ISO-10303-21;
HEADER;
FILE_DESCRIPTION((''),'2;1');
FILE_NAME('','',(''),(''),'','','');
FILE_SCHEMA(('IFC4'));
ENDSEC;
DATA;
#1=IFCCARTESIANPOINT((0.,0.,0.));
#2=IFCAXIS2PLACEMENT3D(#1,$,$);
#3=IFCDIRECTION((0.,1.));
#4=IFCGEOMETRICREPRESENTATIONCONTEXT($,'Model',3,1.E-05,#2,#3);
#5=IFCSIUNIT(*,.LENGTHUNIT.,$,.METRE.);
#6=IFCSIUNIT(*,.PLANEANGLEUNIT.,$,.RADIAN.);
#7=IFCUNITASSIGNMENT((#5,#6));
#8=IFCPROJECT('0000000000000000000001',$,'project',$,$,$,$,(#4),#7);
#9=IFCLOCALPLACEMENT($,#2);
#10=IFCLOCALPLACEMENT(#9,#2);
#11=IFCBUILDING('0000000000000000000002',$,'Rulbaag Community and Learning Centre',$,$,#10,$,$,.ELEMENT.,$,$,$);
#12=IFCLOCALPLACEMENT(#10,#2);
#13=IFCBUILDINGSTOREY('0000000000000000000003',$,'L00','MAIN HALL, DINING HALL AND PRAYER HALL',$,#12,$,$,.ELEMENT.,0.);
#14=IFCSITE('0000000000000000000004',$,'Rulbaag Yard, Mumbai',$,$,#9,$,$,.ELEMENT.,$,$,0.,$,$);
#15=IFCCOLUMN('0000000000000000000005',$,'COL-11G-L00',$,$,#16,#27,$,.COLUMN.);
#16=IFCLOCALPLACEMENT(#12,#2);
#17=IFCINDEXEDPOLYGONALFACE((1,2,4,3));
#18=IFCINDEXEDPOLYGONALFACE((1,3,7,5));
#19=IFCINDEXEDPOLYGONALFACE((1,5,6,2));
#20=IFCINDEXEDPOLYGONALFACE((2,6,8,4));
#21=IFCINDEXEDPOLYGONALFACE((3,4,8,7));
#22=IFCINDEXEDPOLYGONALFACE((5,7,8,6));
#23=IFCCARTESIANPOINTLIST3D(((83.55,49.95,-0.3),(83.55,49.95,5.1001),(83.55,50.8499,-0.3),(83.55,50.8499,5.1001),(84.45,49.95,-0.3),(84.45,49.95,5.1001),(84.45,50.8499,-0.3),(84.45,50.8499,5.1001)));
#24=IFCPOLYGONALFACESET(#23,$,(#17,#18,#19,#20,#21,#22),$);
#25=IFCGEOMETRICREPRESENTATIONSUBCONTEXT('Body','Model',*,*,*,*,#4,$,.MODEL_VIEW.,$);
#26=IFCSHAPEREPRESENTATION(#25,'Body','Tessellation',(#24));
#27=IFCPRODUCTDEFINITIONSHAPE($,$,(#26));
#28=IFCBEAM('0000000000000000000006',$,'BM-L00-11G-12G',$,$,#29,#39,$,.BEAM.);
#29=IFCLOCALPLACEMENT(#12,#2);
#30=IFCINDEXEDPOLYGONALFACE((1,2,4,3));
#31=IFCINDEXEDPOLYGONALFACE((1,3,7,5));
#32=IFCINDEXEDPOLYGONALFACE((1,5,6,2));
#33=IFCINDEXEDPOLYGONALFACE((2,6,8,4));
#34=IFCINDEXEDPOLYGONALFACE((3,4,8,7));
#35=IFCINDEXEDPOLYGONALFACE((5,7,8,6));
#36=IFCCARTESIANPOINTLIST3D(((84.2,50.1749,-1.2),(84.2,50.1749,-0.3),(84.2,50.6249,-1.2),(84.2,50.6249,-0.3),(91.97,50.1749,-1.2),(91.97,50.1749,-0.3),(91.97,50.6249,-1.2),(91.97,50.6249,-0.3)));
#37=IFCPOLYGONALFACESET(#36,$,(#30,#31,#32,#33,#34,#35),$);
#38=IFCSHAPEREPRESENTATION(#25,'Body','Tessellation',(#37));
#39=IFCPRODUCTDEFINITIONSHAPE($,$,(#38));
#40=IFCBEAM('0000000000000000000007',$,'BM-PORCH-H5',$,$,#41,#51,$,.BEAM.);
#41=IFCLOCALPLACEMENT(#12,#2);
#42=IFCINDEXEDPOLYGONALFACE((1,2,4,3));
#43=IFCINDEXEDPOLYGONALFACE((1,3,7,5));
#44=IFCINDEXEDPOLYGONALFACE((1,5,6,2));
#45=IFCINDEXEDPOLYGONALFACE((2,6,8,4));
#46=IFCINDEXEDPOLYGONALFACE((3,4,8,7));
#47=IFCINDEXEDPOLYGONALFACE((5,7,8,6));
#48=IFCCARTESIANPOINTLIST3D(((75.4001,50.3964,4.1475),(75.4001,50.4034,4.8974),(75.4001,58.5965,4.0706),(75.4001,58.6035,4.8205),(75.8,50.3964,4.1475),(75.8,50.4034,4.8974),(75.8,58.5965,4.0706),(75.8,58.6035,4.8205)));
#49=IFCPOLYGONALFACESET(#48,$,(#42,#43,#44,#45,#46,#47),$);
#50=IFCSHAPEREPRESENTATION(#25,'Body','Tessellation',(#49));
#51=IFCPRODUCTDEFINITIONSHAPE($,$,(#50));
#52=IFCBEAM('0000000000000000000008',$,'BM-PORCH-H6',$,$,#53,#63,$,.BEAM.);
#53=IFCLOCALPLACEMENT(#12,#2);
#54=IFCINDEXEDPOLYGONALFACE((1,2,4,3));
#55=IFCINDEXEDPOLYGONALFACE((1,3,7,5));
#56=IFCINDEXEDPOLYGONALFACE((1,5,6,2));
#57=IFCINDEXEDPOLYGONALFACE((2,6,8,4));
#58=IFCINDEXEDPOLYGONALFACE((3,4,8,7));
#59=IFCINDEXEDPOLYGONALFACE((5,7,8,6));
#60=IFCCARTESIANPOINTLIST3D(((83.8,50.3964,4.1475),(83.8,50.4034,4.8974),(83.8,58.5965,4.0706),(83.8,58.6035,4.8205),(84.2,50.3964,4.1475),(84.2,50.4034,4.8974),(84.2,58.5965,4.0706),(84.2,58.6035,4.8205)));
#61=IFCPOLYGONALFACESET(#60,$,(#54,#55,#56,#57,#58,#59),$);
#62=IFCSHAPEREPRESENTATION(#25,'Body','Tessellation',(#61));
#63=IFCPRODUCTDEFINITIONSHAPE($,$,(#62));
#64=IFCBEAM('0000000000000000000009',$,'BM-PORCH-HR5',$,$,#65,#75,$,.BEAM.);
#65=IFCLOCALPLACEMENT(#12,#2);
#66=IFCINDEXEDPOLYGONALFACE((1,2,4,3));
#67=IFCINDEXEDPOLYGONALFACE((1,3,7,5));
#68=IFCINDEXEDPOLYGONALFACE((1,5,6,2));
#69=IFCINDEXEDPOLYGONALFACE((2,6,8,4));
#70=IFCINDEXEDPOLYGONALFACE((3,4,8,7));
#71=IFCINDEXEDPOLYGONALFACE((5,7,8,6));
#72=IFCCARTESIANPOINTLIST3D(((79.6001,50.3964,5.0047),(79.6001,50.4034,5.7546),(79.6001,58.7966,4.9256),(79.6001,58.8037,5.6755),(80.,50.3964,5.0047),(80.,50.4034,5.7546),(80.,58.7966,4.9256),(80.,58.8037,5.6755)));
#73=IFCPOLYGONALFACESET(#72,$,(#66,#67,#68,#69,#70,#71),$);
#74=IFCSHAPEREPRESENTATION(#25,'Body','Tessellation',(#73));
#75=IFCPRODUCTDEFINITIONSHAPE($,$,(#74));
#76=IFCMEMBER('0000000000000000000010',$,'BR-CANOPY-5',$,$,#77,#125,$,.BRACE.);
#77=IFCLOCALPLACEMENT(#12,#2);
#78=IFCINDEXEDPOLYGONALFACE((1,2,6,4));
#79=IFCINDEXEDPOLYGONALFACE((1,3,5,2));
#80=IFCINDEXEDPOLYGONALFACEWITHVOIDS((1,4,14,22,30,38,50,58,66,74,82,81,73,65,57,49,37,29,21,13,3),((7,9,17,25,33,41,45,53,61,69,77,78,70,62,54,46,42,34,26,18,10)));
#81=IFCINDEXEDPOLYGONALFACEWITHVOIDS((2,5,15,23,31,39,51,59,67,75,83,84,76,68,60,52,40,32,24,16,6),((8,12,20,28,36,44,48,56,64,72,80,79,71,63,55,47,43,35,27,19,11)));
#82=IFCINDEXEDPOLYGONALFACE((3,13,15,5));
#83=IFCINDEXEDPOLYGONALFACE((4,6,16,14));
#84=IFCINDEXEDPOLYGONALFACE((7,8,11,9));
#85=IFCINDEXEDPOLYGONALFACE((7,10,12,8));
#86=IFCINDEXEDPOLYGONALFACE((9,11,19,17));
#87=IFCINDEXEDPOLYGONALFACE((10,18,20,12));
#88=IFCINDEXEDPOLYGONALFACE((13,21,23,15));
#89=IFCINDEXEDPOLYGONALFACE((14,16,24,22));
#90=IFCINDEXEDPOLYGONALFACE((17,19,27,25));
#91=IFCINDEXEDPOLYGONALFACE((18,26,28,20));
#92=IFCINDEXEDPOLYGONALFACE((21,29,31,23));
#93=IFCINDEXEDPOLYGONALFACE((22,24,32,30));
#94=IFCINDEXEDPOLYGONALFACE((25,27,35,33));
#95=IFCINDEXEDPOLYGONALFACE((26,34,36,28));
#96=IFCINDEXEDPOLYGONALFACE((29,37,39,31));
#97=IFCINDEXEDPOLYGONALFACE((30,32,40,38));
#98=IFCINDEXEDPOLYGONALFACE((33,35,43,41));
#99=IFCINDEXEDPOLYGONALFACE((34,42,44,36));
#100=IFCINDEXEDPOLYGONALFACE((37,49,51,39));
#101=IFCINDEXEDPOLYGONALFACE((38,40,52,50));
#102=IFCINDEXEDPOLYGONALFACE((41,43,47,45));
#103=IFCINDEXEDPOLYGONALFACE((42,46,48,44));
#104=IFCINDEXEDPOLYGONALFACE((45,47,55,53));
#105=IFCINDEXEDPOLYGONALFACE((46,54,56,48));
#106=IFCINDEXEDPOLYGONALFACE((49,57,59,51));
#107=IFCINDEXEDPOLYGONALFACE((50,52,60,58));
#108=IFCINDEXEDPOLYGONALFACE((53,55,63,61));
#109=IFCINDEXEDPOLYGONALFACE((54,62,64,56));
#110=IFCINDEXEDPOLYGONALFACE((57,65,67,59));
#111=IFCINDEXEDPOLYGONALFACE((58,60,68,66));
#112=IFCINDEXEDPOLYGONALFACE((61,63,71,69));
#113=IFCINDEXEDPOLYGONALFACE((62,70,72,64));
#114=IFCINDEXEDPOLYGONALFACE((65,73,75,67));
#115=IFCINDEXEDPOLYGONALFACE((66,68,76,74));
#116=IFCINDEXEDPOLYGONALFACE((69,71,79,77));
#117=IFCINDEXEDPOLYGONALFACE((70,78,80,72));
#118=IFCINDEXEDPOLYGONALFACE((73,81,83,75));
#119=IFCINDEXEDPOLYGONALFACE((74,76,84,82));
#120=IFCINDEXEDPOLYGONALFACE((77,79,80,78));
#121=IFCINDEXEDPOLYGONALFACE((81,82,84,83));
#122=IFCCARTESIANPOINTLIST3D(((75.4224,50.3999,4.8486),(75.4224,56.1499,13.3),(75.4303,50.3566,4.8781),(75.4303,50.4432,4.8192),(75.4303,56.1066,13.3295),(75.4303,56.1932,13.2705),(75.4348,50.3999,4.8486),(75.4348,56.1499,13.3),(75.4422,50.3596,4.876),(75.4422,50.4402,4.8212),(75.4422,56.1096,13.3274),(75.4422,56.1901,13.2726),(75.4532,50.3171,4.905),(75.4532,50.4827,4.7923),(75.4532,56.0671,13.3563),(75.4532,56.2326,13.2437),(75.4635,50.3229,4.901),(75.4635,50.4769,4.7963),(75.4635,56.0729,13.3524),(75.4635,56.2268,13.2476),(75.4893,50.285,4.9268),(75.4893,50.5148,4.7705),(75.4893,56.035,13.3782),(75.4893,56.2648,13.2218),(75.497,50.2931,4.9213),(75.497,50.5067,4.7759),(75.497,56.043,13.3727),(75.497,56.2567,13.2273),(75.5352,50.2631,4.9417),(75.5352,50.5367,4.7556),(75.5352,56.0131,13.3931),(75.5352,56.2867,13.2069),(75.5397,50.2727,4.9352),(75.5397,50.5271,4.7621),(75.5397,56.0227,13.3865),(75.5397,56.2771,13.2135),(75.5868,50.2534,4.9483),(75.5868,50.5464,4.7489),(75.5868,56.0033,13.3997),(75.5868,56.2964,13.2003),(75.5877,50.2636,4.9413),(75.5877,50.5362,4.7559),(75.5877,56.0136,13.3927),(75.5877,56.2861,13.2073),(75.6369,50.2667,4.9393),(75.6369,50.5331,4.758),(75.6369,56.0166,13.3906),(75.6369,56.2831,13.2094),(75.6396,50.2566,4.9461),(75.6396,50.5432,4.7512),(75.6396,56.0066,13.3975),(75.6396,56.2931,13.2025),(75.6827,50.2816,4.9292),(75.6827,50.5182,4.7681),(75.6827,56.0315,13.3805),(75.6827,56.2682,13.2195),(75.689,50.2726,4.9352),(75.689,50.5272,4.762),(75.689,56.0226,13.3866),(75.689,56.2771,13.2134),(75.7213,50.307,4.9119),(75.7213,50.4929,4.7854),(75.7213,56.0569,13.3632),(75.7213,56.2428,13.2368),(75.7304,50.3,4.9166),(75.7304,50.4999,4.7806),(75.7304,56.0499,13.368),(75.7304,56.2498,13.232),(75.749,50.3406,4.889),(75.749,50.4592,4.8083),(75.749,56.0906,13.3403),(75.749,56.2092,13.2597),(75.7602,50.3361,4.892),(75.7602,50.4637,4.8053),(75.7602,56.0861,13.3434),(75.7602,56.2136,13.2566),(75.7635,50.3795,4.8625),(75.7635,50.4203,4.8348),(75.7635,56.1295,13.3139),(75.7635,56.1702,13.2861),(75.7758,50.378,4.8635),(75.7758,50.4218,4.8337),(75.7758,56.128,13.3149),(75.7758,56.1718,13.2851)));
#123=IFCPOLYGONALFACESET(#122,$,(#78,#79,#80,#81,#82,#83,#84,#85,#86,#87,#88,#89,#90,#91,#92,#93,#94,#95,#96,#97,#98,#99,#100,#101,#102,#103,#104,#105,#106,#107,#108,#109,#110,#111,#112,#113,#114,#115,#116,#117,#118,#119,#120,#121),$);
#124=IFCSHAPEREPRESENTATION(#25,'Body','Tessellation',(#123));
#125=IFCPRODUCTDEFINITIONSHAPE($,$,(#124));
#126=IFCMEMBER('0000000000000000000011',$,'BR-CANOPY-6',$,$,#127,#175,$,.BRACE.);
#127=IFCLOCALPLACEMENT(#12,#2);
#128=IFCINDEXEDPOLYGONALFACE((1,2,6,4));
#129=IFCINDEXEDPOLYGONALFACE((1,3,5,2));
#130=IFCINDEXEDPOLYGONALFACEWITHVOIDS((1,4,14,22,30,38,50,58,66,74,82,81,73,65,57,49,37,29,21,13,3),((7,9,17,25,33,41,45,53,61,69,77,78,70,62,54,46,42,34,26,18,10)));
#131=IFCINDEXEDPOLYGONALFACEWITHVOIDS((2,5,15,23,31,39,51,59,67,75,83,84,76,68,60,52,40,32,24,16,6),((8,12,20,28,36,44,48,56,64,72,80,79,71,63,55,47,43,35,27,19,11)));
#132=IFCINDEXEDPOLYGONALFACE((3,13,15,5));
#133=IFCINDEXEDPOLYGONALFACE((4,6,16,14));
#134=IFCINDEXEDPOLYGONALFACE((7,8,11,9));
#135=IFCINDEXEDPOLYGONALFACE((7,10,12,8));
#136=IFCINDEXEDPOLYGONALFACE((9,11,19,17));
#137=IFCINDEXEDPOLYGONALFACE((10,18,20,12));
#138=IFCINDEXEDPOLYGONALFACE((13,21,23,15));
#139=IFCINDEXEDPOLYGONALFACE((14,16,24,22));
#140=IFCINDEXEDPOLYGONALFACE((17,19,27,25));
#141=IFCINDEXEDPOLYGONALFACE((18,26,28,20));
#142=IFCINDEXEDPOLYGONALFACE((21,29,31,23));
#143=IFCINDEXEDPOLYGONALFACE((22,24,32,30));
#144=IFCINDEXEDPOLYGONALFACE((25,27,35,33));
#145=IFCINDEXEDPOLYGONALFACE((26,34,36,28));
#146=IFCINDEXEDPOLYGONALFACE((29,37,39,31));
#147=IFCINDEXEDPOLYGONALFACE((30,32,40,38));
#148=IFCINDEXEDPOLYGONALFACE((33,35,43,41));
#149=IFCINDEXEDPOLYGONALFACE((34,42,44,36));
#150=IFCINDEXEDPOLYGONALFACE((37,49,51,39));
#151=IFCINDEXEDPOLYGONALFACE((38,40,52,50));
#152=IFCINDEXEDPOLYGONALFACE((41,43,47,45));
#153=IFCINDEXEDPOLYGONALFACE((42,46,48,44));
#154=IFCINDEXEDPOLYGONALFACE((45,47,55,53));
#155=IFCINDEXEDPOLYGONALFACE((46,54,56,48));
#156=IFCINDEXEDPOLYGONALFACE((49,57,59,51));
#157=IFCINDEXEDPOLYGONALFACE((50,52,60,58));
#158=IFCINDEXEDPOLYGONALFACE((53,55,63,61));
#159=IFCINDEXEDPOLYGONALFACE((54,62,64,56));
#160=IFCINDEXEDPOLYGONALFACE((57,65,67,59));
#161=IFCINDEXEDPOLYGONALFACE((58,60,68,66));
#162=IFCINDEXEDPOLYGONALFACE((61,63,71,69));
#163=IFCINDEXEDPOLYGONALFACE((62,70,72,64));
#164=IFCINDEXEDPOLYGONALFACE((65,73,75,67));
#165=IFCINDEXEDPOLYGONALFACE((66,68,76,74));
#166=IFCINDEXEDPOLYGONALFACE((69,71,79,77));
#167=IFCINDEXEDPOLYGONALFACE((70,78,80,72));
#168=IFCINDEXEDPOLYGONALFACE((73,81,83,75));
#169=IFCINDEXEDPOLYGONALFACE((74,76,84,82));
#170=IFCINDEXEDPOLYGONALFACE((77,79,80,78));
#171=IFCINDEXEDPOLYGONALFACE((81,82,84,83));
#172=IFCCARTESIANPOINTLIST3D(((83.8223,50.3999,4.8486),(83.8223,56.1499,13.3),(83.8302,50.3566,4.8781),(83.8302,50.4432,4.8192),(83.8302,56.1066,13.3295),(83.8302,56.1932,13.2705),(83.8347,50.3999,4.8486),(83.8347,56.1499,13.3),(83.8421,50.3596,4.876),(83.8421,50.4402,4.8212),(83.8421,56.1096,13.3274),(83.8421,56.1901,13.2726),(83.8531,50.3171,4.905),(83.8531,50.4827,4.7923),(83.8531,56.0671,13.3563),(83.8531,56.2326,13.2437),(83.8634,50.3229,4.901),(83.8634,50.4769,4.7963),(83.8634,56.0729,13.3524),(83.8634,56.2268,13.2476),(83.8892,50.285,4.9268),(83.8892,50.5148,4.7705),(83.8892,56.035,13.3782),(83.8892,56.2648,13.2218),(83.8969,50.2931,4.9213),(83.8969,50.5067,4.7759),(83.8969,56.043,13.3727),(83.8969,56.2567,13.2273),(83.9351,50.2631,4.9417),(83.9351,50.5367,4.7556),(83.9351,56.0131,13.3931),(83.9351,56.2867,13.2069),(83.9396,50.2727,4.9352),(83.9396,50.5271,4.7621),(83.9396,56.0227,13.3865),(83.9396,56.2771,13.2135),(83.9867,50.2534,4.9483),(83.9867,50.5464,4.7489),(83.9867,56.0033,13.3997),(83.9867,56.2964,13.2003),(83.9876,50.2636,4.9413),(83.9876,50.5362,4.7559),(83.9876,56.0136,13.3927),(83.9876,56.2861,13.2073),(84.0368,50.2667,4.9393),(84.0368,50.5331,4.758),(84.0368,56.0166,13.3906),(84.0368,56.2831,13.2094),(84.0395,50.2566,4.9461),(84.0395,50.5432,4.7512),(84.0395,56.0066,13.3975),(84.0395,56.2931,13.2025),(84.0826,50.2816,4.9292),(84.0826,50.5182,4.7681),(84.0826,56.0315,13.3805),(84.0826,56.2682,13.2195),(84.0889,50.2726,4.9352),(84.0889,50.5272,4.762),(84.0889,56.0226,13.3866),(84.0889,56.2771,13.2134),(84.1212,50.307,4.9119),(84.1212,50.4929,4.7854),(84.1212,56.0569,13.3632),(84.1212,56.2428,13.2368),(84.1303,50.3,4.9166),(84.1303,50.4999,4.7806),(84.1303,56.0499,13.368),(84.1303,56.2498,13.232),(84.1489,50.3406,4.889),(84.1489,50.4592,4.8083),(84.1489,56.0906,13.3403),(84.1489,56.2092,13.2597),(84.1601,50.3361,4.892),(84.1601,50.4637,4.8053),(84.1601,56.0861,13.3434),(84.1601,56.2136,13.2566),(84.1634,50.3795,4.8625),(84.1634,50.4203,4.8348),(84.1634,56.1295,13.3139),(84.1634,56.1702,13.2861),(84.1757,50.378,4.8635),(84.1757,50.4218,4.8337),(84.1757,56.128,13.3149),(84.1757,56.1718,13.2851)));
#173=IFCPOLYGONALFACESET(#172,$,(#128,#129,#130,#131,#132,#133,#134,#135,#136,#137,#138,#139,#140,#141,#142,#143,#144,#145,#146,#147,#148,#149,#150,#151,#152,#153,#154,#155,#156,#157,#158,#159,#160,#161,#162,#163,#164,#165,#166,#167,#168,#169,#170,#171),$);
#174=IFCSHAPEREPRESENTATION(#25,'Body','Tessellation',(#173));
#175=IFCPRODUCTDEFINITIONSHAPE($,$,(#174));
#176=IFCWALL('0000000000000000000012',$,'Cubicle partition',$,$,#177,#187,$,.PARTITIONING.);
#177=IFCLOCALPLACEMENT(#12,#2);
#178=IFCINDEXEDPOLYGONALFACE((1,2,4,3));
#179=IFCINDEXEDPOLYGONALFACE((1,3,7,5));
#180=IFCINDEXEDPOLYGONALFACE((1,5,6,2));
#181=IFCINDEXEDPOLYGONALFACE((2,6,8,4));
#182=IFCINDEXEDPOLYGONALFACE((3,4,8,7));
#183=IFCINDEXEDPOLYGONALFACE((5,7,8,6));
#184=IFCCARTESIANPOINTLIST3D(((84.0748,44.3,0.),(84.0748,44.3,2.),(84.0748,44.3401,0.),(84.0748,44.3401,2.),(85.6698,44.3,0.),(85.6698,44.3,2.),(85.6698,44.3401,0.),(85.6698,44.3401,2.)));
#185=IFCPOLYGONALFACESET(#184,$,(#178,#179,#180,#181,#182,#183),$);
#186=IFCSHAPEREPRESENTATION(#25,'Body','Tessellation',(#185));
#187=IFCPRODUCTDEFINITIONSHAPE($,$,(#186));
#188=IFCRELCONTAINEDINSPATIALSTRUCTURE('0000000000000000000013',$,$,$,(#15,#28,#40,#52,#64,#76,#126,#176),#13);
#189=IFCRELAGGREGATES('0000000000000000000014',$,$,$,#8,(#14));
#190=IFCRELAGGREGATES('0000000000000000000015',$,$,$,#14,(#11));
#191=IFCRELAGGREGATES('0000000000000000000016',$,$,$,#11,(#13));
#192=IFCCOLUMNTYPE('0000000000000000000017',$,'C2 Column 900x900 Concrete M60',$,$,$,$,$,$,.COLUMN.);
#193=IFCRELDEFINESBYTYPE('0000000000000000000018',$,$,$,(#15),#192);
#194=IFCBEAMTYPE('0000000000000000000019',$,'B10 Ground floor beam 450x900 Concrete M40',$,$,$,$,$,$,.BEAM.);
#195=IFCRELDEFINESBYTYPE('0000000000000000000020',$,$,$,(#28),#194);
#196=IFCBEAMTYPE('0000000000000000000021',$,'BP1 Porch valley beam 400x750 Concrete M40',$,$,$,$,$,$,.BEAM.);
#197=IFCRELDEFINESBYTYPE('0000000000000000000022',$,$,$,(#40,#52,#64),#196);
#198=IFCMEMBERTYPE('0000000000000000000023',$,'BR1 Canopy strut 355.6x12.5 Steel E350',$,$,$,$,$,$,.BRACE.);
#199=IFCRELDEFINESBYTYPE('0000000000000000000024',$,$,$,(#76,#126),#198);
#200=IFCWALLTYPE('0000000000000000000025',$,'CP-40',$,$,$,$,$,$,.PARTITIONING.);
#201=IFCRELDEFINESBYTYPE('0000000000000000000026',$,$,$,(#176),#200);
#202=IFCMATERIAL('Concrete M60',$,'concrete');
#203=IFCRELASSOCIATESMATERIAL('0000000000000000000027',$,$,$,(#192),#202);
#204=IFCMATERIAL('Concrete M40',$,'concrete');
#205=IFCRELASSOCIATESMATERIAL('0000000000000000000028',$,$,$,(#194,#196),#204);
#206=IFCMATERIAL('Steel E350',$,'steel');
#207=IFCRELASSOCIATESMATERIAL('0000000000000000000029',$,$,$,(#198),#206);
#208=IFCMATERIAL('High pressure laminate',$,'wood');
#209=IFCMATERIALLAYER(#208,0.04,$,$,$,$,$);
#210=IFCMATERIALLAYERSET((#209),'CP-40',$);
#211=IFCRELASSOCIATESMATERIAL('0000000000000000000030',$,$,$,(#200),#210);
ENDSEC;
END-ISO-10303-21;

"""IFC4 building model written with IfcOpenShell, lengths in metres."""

from ifc_helpers import new_model, si_unit, direction, frame, frame_2d, origin, origin_2d, place, context, subcontext, project, spatial, rectangle, hollow_circle, extrude, material, layer, layer_set, material_profile, profile_set, type_object, element, save


model = new_model("IFC4")

# Units and contexts
model_context = context("Model", 3, precision=1e-05, world=origin(), true_north=direction((0.0, 1.0)))
body_context = subcontext(model_context, "Body", "Model", "MODEL_VIEW")
ifc_project = project(units=[si_unit("LENGTHUNIT", "METRE"), si_unit("PLANEANGLEUNIT", "RADIAN")], contexts=[model_context])

# Site, building, storey
site_placement = place(None, origin())
site = spatial("IfcSite", under=ifc_project, at=site_placement, Name="Rulbaag Yard, Mumbai", CompositionType="ELEMENT", RefElevation=0.0)
building_placement = place(site_placement, origin())
building = spatial("IfcBuilding", under=site, at=building_placement, Name="Rulbaag Community and Learning Centre", CompositionType="ELEMENT")
storey_placement = place(building_placement, origin())
storey = spatial("IfcBuildingStorey", under=building, at=storey_placement, Name="L00", Description="MAIN HALL, DINING HALL AND PRAYER HALL", CompositionType="ELEMENT", Elevation=0.0)

# Column
ifc_material_1 = material(Name="Concrete M60", Category="concrete")
ifc_material_profile_1 = material_profile(ifc_material_1, rectangle(XDim=0.8999, YDim=0.8999, at=origin_2d()), Name="RC900x900")
ifc_profile_set_1 = profile_set([ifc_material_profile_1], Name="Concrete M60")
column_type = type_object("IfcColumnType", Name="C2 Column 900x900 Concrete M60", PredefinedType="COLUMN", material=ifc_profile_set_1)
column_placement = place(storey_placement, frame((84.0, 50.3999, -0.3), z_axis=(0.0, 0.0, 1.0), x_axis=(1.0, 0.0, 0.0)))
element("IfcColumn", 1, at=column_placement, inside=storey, type_object=column_type, Name="COL-11G-L00", PredefinedType="COLUMN", context=body_context, shape_type="SweptSolid", body=[
    extrude(rectangle(XDim=0.8999, YDim=0.8999, at=origin_2d()), origin(), (0.0, 0.0, 1.0), 5.4001),
])

# Beams
ifc_material_2 = material(Name="Concrete M40", Category="concrete")
ifc_material_profile_2 = material_profile(ifc_material_2, rectangle(XDim=0.45, YDim=0.8999, at=origin_2d()), Name="RB450x900")
ifc_profile_set_2 = profile_set([ifc_material_profile_2], Name="Concrete M40")
beam_type_1 = type_object("IfcBeamType", Name="B10 Ground floor beam 450x900 Concrete M40", PredefinedType="BEAM", material=ifc_profile_set_2)
beam_1_placement = place(storey_placement, frame((84.2, 50.3999, -0.75), z_axis=(1.0, 0.0, 0.0), x_axis=(0.0, 1.0, 0.0)))
element("IfcBeam", 2, at=beam_1_placement, inside=storey, type_object=beam_type_1, Name="BM-L00-11G-12G", PredefinedType="BEAM", context=body_context, shape_type="SweptSolid", body=[
    extrude(rectangle(XDim=0.45, YDim=0.8999, at=origin_2d()), origin(), (0.0, 0.0, 1.0), 7.77),
])
ifc_material_profile_3 = material_profile(ifc_material_2, rectangle(XDim=0.3999, YDim=0.75, at=origin_2d()), Name="RB400x750")
ifc_profile_set_3 = profile_set([ifc_material_profile_3], Name="Concrete M40")
beam_type_2 = type_object("IfcBeamType", Name="BP1 Porch valley beam 400x750 Concrete M40", PredefinedType="BEAM", material=ifc_profile_set_3)
for number, where, z_axis, x_axis, name in (
    (3, (75.6001, 50.3999, 4.5225), (0.0, 0.999956, -0.009378), (-1.0, 0.0, 0.0), "BM-PORCH-H5"),
    (4, (84.0, 50.3999, 4.5225), (0.0, 0.999956, -0.009378), (-1.0, 0.0, 0.0), "BM-PORCH-H6"),
):
    element("IfcBeam", number, at=place(storey_placement, frame(where, z_axis=z_axis, x_axis=x_axis)), inside=storey, type_object=beam_type_2, Name=name, PredefinedType="BEAM", context=body_context, shape_type="SweptSolid", body=[
        extrude(rectangle(XDim=0.3999, YDim=0.75, at=origin_2d()), origin(), (0.0, 0.0, 1.0), 8.2004),
    ])
beam_2_placement = place(storey_placement, frame((79.8, 50.3999, 5.3796), z_axis=(0.0, 0.999956, -0.009416), x_axis=(-1.0, 0.0, 0.0)))
element("IfcBeam", 5, at=beam_2_placement, inside=storey, type_object=beam_type_2, Name="BM-PORCH-HR5", PredefinedType="BEAM", context=body_context, shape_type="SweptSolid", body=[
    extrude(rectangle(XDim=0.3999, YDim=0.75, at=origin_2d()), origin(), (0.0, 0.0, 1.0), 8.4006),
])

# Members
ifc_material_3 = material(Name="Steel E350", Category="steel")
ifc_material_profile_4 = material_profile(ifc_material_3, hollow_circle(Radius=0.1777, WallThickness=0.0125, at=origin_2d()), Name="CHS355.6x12.5")
ifc_profile_set_4 = profile_set([ifc_material_profile_4], Name="Steel E350")
member_type = type_object("IfcMemberType", Name="BR1 Canopy strut 355.6x12.5 Steel E350", PredefinedType="BRACE", material=ifc_profile_set_4)
for number, where, z_axis, x_axis, name in (
    (6, (75.6001, 50.3999, 4.8486), (0.0, 0.562513, 0.826788), (-1.0, 0.0, 0.0), "BR-CANOPY-5"),
    (7, (84.0, 50.3999, 4.8486), (0.0, 0.562513, 0.826788), (-1.0, 0.0, 0.0), "BR-CANOPY-6"),
):
    element("IfcMember", number, at=place(storey_placement, frame(where, z_axis=z_axis, x_axis=x_axis)), inside=storey, type_object=member_type, Name=name, PredefinedType="BRACE", context=body_context, shape_type="SweptSolid", body=[
        extrude(hollow_circle(Radius=0.1777, WallThickness=0.0125, at=origin_2d()), origin(), (0.0, 0.0, 1.0), 10.2219),
    ])

# Wall
ifc_material_4 = material(Name="High pressure laminate", Category="wood")
ifc_layer_1 = layer(ifc_material_4, 0.04)
ifc_layer_set_1 = layer_set([ifc_layer_1], Name="CP-40")
wall_type_1 = type_object("IfcWallType", Name="CP-40", PredefinedType="PARTITIONING", material=ifc_layer_set_1)
for number, where, z_axis, x_axis, name in (
    (8, (84.075, 44.3201, 0.0), (0.0, 0.0, 1.0), (1.0, 0.0, 0.0), "Cubicle partition"),
):
    element("IfcWall", number, at=place(storey_placement, frame(where, z_axis=z_axis, x_axis=x_axis)), inside=storey, type_object=wall_type_1, Name=name, PredefinedType="PARTITIONING", context=body_context, shape_type="SweptSolid", body=[
        extrude(rectangle(XDim=1.595, YDim=0.04, at=frame_2d((0.7974, 0.0))), origin(), (0.0, 0.0, 1.0), 2.0),
    ])

save(model, "model.ifc")
